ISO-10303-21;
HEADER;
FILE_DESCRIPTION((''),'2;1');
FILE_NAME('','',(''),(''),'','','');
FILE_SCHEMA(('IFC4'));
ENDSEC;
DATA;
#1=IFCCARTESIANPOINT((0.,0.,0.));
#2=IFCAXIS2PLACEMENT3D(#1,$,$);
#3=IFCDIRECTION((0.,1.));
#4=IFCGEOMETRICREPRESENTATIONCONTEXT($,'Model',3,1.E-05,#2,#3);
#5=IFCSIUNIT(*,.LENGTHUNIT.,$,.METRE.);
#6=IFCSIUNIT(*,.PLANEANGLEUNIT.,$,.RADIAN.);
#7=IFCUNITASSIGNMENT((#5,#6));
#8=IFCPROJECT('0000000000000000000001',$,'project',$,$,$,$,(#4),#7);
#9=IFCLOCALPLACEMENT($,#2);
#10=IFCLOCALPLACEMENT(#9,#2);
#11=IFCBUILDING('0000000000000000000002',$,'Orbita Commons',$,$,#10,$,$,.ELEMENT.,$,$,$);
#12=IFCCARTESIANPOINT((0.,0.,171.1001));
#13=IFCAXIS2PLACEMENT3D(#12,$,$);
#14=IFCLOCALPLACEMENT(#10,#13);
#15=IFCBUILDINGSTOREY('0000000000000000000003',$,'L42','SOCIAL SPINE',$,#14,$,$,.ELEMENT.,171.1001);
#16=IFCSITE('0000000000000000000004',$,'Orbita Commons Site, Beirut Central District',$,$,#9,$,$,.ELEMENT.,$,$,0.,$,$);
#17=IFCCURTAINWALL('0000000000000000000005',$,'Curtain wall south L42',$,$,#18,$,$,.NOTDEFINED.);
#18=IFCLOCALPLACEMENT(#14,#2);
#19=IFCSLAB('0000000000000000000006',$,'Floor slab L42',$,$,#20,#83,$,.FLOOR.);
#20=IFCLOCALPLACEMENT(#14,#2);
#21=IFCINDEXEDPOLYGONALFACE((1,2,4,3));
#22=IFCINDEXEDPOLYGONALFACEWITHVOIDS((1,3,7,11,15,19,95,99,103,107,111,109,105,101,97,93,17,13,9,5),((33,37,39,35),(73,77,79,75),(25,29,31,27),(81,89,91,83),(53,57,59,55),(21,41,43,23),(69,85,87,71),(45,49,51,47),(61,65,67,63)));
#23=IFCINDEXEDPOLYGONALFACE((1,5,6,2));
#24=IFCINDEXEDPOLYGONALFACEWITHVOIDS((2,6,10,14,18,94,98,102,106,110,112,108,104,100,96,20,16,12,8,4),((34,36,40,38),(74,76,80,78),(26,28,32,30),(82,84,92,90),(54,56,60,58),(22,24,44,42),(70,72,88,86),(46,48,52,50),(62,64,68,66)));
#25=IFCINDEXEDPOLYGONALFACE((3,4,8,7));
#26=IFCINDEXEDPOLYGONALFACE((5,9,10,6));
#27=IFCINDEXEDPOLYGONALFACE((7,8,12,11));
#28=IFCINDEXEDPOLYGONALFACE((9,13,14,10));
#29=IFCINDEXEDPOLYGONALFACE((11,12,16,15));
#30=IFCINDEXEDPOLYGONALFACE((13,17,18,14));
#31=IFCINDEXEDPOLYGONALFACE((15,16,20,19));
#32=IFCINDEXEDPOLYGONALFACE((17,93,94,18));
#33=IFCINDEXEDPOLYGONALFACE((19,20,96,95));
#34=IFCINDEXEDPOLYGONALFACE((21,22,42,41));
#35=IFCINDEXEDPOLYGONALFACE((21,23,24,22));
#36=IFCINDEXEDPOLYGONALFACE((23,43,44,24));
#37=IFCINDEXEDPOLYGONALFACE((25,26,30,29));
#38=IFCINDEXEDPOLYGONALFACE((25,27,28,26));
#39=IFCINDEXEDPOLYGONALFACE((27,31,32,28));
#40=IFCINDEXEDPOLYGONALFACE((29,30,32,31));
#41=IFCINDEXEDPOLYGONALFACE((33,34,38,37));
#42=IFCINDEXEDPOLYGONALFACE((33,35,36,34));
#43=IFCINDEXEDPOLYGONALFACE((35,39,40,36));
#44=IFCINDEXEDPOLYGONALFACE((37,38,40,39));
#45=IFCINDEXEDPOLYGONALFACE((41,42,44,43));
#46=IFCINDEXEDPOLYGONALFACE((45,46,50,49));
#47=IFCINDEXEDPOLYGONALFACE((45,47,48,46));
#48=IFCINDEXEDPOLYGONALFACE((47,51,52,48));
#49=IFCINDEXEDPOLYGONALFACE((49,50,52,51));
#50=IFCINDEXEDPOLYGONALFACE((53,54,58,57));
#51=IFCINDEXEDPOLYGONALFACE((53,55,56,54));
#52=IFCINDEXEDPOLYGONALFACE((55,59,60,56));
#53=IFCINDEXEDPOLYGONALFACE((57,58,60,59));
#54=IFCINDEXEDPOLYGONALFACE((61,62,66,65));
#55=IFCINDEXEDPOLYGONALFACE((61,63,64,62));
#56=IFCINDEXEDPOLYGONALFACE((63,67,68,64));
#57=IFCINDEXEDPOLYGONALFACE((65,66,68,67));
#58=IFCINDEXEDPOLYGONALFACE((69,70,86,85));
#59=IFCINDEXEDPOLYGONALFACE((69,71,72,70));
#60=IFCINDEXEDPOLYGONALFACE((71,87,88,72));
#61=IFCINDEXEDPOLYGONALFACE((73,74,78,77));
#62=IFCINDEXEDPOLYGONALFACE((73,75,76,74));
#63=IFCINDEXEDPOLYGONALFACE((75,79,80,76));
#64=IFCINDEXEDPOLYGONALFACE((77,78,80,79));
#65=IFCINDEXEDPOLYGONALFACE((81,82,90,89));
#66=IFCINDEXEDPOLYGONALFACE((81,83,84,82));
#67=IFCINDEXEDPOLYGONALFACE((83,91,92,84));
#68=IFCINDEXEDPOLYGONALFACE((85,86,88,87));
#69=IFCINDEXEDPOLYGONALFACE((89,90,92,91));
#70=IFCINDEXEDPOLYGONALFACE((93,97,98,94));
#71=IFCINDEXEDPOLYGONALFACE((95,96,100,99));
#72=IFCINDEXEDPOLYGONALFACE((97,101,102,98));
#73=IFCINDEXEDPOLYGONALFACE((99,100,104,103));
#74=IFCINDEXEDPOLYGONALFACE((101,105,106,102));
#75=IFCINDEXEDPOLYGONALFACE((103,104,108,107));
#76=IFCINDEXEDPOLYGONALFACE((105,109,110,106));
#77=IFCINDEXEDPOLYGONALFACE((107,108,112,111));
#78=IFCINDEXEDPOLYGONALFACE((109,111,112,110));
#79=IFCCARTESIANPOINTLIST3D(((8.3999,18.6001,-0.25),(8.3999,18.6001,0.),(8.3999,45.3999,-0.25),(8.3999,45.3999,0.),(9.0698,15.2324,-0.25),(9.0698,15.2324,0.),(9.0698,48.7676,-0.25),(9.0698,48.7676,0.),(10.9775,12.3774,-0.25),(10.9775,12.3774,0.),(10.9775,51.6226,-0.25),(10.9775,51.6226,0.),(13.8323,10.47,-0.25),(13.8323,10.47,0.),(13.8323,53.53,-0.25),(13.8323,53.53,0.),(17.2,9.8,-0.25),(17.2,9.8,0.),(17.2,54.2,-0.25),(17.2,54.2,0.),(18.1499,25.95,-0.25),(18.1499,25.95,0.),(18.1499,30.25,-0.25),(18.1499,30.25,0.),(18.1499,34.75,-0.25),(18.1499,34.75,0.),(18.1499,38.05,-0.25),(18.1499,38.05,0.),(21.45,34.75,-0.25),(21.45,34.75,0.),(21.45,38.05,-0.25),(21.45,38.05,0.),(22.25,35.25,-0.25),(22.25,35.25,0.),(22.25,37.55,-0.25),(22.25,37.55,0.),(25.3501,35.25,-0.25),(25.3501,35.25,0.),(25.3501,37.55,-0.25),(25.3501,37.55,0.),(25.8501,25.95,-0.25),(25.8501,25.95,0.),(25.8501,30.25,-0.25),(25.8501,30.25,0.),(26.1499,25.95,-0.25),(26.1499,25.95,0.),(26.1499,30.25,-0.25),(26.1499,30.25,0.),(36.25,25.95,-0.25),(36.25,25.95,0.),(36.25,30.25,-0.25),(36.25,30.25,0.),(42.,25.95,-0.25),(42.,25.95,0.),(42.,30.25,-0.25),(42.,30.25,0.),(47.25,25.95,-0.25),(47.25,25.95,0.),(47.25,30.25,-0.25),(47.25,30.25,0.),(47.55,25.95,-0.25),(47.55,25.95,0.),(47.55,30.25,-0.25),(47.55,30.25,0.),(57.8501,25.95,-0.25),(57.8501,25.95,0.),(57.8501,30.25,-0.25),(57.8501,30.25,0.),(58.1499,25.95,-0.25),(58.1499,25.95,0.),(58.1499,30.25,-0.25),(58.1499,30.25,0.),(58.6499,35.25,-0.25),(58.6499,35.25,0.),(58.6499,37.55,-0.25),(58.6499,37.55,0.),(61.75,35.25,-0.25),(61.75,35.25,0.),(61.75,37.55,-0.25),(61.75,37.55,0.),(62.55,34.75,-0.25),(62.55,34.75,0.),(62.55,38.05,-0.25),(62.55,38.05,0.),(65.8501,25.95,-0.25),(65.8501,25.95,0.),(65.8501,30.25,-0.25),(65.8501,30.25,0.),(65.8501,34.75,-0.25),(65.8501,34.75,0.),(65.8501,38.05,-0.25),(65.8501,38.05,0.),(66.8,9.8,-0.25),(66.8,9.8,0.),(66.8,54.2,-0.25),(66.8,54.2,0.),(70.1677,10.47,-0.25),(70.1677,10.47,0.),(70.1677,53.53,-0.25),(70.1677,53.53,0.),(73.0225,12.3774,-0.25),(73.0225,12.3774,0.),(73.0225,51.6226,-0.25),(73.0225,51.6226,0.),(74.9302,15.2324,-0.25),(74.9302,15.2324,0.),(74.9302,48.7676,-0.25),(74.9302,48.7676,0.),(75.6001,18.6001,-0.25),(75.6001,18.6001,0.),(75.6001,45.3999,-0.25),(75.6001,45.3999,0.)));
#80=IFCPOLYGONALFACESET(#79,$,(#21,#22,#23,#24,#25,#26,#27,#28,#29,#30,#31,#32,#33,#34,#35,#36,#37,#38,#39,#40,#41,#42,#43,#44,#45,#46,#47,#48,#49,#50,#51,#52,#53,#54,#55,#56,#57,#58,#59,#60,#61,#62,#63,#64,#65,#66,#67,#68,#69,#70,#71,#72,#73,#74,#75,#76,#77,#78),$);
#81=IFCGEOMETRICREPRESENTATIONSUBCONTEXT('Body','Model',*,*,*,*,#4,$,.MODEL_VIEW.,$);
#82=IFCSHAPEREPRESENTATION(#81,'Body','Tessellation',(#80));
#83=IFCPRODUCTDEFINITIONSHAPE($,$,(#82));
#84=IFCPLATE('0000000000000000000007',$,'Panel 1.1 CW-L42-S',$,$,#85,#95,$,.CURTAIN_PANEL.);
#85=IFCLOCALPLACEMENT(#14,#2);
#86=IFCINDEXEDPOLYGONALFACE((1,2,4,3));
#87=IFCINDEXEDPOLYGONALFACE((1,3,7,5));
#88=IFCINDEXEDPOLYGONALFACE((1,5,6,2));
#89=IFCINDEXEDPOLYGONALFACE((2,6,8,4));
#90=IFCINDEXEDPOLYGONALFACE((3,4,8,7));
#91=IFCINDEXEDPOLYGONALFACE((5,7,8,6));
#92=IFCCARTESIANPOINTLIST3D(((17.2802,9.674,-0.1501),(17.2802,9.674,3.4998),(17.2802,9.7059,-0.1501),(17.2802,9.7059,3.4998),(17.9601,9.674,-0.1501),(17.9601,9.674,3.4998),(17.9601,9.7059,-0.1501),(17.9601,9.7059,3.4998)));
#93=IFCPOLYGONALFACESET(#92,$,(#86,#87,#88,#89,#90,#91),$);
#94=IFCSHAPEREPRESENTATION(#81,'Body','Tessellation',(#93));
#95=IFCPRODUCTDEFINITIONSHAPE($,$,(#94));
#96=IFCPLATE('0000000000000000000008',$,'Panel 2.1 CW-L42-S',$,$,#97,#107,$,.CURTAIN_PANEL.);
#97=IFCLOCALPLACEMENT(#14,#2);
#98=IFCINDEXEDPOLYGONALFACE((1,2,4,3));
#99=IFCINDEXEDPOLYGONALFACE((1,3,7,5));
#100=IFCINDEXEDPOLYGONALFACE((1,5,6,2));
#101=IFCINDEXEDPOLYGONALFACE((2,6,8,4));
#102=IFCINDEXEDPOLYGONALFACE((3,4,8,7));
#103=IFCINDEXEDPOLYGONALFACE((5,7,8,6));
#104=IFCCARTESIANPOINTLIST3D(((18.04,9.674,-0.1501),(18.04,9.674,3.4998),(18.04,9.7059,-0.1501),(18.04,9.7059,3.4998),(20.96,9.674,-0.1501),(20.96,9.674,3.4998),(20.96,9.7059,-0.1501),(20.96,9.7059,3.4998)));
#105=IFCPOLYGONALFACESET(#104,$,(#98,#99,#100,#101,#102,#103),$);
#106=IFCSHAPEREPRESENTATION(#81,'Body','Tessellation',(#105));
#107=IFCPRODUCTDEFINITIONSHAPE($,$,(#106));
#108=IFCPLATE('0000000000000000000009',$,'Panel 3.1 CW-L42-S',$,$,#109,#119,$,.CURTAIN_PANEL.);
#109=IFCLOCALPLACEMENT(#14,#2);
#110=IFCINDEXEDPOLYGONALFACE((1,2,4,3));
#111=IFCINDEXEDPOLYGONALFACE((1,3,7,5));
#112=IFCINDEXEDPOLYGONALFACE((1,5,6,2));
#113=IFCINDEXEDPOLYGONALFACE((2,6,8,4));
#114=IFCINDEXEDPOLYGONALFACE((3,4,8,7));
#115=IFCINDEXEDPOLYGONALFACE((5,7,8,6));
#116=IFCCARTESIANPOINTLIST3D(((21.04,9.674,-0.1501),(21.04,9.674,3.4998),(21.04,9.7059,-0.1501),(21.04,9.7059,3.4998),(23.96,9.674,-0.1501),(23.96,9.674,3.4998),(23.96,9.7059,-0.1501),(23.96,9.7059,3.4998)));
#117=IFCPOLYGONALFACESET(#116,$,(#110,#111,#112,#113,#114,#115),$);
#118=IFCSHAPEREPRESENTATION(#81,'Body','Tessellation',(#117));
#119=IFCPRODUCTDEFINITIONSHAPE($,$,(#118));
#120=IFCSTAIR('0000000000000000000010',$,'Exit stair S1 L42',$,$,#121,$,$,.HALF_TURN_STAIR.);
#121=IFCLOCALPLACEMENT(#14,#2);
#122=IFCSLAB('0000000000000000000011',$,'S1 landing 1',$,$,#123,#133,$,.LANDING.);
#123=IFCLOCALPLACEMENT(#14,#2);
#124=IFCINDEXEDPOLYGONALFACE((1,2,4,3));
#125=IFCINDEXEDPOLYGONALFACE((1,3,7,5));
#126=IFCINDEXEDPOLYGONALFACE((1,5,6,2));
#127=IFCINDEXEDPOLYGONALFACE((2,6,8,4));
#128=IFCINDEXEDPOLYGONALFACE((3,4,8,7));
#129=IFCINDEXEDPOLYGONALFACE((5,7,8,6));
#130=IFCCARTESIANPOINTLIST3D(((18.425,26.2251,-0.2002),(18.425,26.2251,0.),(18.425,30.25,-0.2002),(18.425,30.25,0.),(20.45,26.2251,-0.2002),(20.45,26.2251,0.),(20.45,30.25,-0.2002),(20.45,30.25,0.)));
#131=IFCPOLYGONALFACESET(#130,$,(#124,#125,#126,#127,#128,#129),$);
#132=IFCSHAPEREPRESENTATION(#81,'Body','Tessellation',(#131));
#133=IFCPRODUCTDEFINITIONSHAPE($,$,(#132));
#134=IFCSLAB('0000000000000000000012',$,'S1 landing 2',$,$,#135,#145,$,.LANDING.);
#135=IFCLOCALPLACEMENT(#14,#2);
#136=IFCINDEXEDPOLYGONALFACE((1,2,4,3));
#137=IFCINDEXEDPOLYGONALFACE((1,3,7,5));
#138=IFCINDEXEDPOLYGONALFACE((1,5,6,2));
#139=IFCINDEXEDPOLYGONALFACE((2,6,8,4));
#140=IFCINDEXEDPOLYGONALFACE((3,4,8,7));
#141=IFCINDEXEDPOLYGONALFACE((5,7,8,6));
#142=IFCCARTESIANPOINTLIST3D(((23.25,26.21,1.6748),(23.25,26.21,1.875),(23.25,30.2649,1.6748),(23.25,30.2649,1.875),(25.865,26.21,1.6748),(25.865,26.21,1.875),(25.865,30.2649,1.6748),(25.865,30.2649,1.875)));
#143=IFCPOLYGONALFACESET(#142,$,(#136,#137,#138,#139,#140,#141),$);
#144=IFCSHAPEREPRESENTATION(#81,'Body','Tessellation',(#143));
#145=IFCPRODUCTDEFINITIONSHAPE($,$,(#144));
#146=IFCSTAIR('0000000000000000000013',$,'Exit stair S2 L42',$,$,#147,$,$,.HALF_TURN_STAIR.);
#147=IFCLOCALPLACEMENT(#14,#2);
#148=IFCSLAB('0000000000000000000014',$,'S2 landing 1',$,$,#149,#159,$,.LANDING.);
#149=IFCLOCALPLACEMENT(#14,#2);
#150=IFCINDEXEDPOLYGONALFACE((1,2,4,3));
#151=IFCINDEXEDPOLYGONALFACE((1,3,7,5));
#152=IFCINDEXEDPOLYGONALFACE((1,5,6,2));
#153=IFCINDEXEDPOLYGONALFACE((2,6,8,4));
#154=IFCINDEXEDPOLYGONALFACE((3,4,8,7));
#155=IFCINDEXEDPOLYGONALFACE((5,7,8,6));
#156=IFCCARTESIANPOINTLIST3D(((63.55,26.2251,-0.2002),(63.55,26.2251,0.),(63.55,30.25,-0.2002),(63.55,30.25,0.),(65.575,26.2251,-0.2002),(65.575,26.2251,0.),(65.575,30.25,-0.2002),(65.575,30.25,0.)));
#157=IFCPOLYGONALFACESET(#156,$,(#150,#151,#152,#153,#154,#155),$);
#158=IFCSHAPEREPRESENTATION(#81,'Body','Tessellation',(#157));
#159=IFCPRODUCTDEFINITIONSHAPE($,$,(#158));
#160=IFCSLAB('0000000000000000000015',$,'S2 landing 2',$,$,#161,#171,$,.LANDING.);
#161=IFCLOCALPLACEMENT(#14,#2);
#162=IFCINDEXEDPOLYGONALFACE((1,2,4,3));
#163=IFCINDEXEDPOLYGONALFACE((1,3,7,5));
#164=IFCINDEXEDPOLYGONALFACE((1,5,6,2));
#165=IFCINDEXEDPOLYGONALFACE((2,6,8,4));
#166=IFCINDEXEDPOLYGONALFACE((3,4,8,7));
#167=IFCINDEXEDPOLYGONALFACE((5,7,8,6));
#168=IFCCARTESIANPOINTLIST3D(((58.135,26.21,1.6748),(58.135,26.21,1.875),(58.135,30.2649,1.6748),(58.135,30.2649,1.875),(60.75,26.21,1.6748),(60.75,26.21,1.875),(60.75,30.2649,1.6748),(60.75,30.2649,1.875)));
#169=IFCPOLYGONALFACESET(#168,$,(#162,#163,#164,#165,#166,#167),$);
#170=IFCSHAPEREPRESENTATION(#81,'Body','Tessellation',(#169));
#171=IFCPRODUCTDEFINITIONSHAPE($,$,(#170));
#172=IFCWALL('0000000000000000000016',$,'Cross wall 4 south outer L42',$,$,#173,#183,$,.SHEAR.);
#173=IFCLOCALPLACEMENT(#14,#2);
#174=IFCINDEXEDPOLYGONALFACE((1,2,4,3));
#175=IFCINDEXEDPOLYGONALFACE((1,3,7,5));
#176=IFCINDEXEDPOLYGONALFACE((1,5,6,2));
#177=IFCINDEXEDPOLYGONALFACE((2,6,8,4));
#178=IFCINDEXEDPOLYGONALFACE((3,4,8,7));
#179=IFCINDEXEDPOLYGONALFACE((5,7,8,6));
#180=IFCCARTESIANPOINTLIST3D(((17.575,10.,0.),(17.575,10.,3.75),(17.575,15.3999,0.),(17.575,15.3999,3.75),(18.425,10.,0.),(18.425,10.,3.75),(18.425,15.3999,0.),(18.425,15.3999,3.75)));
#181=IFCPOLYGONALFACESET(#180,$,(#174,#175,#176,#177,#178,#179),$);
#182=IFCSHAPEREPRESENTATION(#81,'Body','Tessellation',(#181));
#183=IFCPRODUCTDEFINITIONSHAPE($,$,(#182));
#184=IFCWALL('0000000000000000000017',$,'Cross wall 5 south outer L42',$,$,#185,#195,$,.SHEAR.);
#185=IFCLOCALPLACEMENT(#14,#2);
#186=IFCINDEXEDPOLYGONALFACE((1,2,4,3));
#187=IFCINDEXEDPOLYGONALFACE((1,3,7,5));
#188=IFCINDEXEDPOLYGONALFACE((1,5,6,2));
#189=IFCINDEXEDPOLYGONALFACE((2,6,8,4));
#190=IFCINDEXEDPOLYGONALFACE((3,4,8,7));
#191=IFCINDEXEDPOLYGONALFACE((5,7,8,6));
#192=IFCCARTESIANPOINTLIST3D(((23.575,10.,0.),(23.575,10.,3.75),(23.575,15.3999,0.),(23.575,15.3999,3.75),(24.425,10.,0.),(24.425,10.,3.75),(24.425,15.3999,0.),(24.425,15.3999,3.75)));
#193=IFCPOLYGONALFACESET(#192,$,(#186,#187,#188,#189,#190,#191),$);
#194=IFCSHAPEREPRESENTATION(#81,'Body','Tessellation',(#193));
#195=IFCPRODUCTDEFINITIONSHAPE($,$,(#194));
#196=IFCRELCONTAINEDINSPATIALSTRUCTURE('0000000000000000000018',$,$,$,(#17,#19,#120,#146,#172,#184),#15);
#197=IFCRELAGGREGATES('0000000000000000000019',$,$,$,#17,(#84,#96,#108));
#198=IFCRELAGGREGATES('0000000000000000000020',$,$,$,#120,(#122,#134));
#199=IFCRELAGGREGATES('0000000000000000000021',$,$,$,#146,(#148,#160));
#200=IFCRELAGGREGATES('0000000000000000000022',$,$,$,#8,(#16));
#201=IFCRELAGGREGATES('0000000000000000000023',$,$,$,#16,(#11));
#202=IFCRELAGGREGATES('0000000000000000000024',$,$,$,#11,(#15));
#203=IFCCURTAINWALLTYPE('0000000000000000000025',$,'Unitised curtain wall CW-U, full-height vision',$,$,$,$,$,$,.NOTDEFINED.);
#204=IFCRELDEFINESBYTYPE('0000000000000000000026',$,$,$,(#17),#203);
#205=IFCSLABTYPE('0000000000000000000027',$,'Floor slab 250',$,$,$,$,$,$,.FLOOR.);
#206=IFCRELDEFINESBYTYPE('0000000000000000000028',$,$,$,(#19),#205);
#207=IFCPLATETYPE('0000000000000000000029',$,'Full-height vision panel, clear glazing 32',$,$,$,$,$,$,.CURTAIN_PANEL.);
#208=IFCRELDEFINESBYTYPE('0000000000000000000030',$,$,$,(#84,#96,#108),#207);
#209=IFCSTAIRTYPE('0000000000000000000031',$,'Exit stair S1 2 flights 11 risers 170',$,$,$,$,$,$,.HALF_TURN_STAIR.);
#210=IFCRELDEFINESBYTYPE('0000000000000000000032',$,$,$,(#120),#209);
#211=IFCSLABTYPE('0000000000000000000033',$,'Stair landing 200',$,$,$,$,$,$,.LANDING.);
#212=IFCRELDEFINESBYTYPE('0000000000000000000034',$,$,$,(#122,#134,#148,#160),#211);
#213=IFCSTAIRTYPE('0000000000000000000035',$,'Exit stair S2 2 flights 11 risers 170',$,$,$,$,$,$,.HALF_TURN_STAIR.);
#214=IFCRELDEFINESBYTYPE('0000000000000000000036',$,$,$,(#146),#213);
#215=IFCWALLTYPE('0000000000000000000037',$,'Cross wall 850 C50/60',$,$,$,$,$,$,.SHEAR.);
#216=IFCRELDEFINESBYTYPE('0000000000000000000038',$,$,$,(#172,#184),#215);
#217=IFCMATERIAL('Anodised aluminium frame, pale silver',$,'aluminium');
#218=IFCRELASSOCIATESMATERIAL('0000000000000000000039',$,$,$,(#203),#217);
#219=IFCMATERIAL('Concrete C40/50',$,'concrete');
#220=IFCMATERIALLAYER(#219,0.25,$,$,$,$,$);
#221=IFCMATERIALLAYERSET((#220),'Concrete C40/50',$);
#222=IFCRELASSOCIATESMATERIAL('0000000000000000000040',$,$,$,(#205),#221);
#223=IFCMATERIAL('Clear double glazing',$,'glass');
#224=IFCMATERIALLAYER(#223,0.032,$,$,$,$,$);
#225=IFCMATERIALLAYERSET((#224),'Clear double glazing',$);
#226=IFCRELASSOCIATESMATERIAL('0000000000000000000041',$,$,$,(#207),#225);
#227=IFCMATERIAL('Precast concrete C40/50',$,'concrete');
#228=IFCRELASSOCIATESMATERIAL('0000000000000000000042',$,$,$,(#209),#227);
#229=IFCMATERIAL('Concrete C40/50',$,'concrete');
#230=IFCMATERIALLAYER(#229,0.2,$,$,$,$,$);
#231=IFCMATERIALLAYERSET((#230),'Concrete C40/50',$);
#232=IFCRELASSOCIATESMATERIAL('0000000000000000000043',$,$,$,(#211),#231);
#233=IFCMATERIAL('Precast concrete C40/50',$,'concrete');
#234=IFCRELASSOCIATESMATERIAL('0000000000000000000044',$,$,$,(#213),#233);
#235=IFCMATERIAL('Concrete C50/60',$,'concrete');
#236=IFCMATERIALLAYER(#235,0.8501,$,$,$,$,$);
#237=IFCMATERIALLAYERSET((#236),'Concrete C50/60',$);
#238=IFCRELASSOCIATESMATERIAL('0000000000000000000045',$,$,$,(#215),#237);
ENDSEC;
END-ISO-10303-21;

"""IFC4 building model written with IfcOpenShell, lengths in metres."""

from ifc_helpers import new_model, si_unit, direction, frame, frame_2d, origin, origin_2d, place, context, subcontext, project, spatial, polyline, rectangle, outline, extrude, material, layer, layer_set, type_object, element, aggregate, save


model = new_model("IFC4")

# Units and contexts
model_context = context("Model", 3, precision=1e-05, world=origin(), true_north=direction((0.0, 1.0)))
body_context = subcontext(model_context, "Body", "Model", "MODEL_VIEW")
ifc_project = project(units=[si_unit("LENGTHUNIT", "METRE"), si_unit("PLANEANGLEUNIT", "RADIAN")], contexts=[model_context])

# Site, building, storey
site_placement = place(None, origin())
site = spatial("IfcSite", under=ifc_project, at=site_placement, Name="Orbita Commons Site, Beirut Central District", CompositionType="ELEMENT", RefElevation=0.0)
building_placement = place(site_placement, origin())
building = spatial("IfcBuilding", under=site, at=building_placement, Name="Orbita Commons", CompositionType="ELEMENT")
storey_placement = place(building_placement, frame((0.0, 0.0, 171.1001)))
storey = spatial("IfcBuildingStorey", under=building, at=storey_placement, Name="L42", Description="SOCIAL SPINE", CompositionType="ELEMENT", Elevation=171.1001)

# Curtain wall
ifc_material_1 = material(Name="Anodised aluminium frame, pale silver", Category="aluminium")
curtain_wall_type = type_object("IfcCurtainWallType", Name="Unitised curtain wall CW-U, full-height vision", PredefinedType="NOTDEFINED", material=ifc_material_1)
curtain_wall_placement = place(storey_placement, origin())
curtain_wall = element("IfcCurtainWall", 1, at=curtain_wall_placement, inside=storey, type_object=curtain_wall_type, Name="Curtain wall south L42", PredefinedType="NOTDEFINED")

# Slab
ifc_material_2 = material(Name="Concrete C40/50", Category="concrete")
ifc_layer_1 = layer(ifc_material_2, 0.25)
ifc_layer_set_1 = layer_set([ifc_layer_1], Name="Concrete C40/50")
slab_type_1 = type_object("IfcSlabType", Name="Floor slab 250", PredefinedType="FLOOR", material=ifc_layer_set_1)
slab_1_placement = place(storey_placement, frame((0.0, 0.0, -0.25)))
element("IfcSlab", 2, at=slab_1_placement, inside=storey, type_object=slab_type_1, Name="Floor slab L42", PredefinedType="FLOOR", context=body_context, shape_type="SweptSolid", body=[
    extrude(outline(polyline([(66.8, 9.8), (70.1677, 10.47), (73.0225, 12.3774), (74.9302, 15.2324), (75.6001, 18.6001), (75.6001, 45.3999), (74.9302, 48.7676), (73.0225, 51.6226), (70.1677, 53.53), (66.8, 54.2), (17.2, 54.2), (13.8323, 53.53), (10.9775, 51.6226), (9.0698, 48.7676), (8.3999, 45.3999), (8.3999, 18.6001), (9.0698, 15.2324), (10.9775, 12.3774), (13.8323, 10.47), (17.2, 9.8), (66.8, 9.8)]), holes=[polyline([(18.1499, 25.95), (25.8501, 25.95), (25.8501, 30.25), (18.1499, 30.25), (18.1499, 25.95)]), polyline([(58.1499, 25.95), (65.8501, 25.95), (65.8501, 30.25), (58.1499, 30.25), (58.1499, 25.95)]), polyline([(18.1499, 34.75), (21.45, 34.75), (21.45, 38.05), (18.1499, 38.05), (18.1499, 34.75)]), polyline([(62.55, 34.75), (65.8501, 34.75), (65.8501, 38.05), (62.55, 38.05), (62.55, 34.75)]), polyline([(22.25, 35.25), (25.3501, 35.25), (25.3501, 37.55), (22.25, 37.55), (22.25, 35.25)]), polyline([(58.6499, 35.25), (61.75, 35.25), (61.75, 37.55), (58.6499, 37.55), (58.6499, 35.25)]), polyline([(26.1499, 25.95), (36.25, 25.95), (36.25, 30.25), (26.1499, 30.25), (26.1499, 25.95)]), polyline([(42.0, 25.95), (47.25, 25.95), (47.25, 30.25), (42.0, 30.25), (42.0, 25.95)]), polyline([(47.55, 25.95), (57.8501, 25.95), (57.8501, 30.25), (47.55, 30.25), (47.55, 25.95)])]), origin(), (0.0, 0.0, 1.0), 0.25),
])

# Plates
ifc_material_3 = material(Name="Clear double glazing", Category="glass")
ifc_layer_2 = layer(ifc_material_3, 0.032)
ifc_layer_set_2 = layer_set([ifc_layer_2], Name="Clear double glazing")
plate_type = type_object("IfcPlateType", Name="Full-height vision panel, clear glazing 32", PredefinedType="CURTAIN_PANEL", material=ifc_layer_set_2)
plate_1_placement = place(storey_placement, frame((17.6201, 9.6899, -0.1501), z_axis=(0.0, 0.0, 1.0), x_axis=(1.0, 0.0, 0.0)))
plate_1 = element("IfcPlate", 3, at=plate_1_placement, type_object=plate_type, Name="Panel 1.1 CW-L42-S", PredefinedType="CURTAIN_PANEL", context=body_context, shape_type="SweptSolid", body=[
    extrude(rectangle(XDim=0.6799, YDim=0.032, at=origin_2d()), origin(), (0.0, 0.0, 1.0), 3.6499),
])
plate_2_placement = place(storey_placement, frame((19.5, 9.6899, -0.1501), z_axis=(0.0, 0.0, 1.0), x_axis=(1.0, 0.0, 0.0)))
plate_2 = element("IfcPlate", 4, at=plate_2_placement, type_object=plate_type, Name="Panel 2.1 CW-L42-S", PredefinedType="CURTAIN_PANEL", context=body_context, shape_type="SweptSolid", body=[
    extrude(rectangle(XDim=2.9199, YDim=0.032, at=origin_2d()), origin(), (0.0, 0.0, 1.0), 3.6499),
])
plate_3_placement = place(storey_placement, frame((22.5, 9.6899, -0.1501), z_axis=(0.0, 0.0, 1.0), x_axis=(1.0, 0.0, 0.0)))
plate_3 = element("IfcPlate", 5, at=plate_3_placement, type_object=plate_type, Name="Panel 3.1 CW-L42-S", PredefinedType="CURTAIN_PANEL", context=body_context, shape_type="SweptSolid", body=[
    extrude(rectangle(XDim=2.9199, YDim=0.032, at=origin_2d()), origin(), (0.0, 0.0, 1.0), 3.6499),
])
aggregate(curtain_wall, [plate_1, plate_2, plate_3])

# Stairs, slabs
ifc_material_4 = material(Name="Precast concrete C40/50", Category="concrete")
stair_type_1 = type_object("IfcStairType", Name="Exit stair S1 2 flights 11 risers 170", PredefinedType="HALF_TURN_STAIR", material=ifc_material_4)
stair_1_placement = place(storey_placement, origin())
stair_1 = element("IfcStair", 6, at=stair_1_placement, inside=storey, type_object=stair_type_1, Name="Exit stair S1 L42", PredefinedType="HALF_TURN_STAIR")
ifc_material_5 = material(Name="Concrete C40/50", Category="concrete")
ifc_layer_3 = layer(ifc_material_5, 0.2)
ifc_layer_set_3 = layer_set([ifc_layer_3], Name="Concrete C40/50")
slab_type_2 = type_object("IfcSlabType", Name="Stair landing 200", PredefinedType="LANDING", material=ifc_layer_set_3)
slab_2_placement = place(storey_placement, frame((0.0, 0.0, -0.2002)))
slab_2 = element("IfcSlab", 7, at=slab_2_placement, type_object=slab_type_2, Name="S1 landing 1", PredefinedType="LANDING", context=body_context, shape_type="SweptSolid", body=[
    extrude(outline(polyline([(18.425, 26.2251), (20.45, 26.2251), (20.45, 30.25), (18.425, 30.25), (18.425, 26.2251)])), origin(), (0.0, 0.0, 1.0), 0.2002),
])
slab_3_placement = place(storey_placement, frame((0.0, 0.0, 1.6748)))
slab_3 = element("IfcSlab", 8, at=slab_3_placement, type_object=slab_type_2, Name="S1 landing 2", PredefinedType="LANDING", context=body_context, shape_type="SweptSolid", body=[
    extrude(outline(polyline([(23.25, 26.21), (25.865, 26.21), (25.865, 30.2649), (23.25, 30.2649), (23.25, 26.21)])), origin(), (0.0, 0.0, 1.0), 0.2002),
])
aggregate(stair_1, [slab_2, slab_3])
ifc_material_6 = material(Name="Precast concrete C40/50", Category="concrete")
stair_type_2 = type_object("IfcStairType", Name="Exit stair S2 2 flights 11 risers 170", PredefinedType="HALF_TURN_STAIR", material=ifc_material_6)
stair_2_placement = place(storey_placement, origin())
stair_2 = element("IfcStair", 9, at=stair_2_placement, inside=storey, type_object=stair_type_2, Name="Exit stair S2 L42", PredefinedType="HALF_TURN_STAIR")
slab_4_placement = place(storey_placement, frame((0.0, 0.0, -0.2002)))
slab_4 = element("IfcSlab", 10, at=slab_4_placement, type_object=slab_type_2, Name="S2 landing 1", PredefinedType="LANDING", context=body_context, shape_type="SweptSolid", body=[
    extrude(outline(polyline([(63.55, 26.2251), (65.575, 26.2251), (65.575, 30.25), (63.55, 30.25), (63.55, 26.2251)])), origin(), (0.0, 0.0, 1.0), 0.2002),
])
slab_5_placement = place(storey_placement, frame((0.0, 0.0, 1.6748)))
slab_5 = element("IfcSlab", 11, at=slab_5_placement, type_object=slab_type_2, Name="S2 landing 2", PredefinedType="LANDING", context=body_context, shape_type="SweptSolid", body=[
    extrude(outline(polyline([(58.135, 26.21), (60.75, 26.21), (60.75, 30.2649), (58.135, 30.2649), (58.135, 26.21)])), origin(), (0.0, 0.0, 1.0), 0.2002),
])
aggregate(stair_2, [slab_4, slab_5])

# Walls
ifc_material_7 = material(Name="Concrete C50/60", Category="concrete")
ifc_layer_4 = layer(ifc_material_7, 0.8501)
ifc_layer_set_4 = layer_set([ifc_layer_4], Name="Concrete C50/60")
wall_type_1 = type_object("IfcWallType", Name="Cross wall 850 C50/60", PredefinedType="SHEAR", material=ifc_layer_set_4)
for number, where, z_axis, x_axis, name in (
    (12, (18.0, 10.0, 0.0), (0.0, 0.0, 1.0), (0.0, 1.0, 0.0), "Cross wall 4 south outer L42"),
    (13, (24.0, 10.0, 0.0), (0.0, 0.0, 1.0), (0.0, 1.0, 0.0), "Cross wall 5 south outer L42"),
):
    element("IfcWall", number, at=place(storey_placement, frame(where, z_axis=z_axis, x_axis=x_axis)), inside=storey, type_object=wall_type_1, Name=name, PredefinedType="SHEAR", context=body_context, shape_type="SweptSolid", body=[
        extrude(rectangle(XDim=5.3999, YDim=0.8501, at=frame_2d((2.7, 0.0))), origin(), (0.0, 0.0, 1.0), 3.75),
    ])

save(model, "model.ifc")
